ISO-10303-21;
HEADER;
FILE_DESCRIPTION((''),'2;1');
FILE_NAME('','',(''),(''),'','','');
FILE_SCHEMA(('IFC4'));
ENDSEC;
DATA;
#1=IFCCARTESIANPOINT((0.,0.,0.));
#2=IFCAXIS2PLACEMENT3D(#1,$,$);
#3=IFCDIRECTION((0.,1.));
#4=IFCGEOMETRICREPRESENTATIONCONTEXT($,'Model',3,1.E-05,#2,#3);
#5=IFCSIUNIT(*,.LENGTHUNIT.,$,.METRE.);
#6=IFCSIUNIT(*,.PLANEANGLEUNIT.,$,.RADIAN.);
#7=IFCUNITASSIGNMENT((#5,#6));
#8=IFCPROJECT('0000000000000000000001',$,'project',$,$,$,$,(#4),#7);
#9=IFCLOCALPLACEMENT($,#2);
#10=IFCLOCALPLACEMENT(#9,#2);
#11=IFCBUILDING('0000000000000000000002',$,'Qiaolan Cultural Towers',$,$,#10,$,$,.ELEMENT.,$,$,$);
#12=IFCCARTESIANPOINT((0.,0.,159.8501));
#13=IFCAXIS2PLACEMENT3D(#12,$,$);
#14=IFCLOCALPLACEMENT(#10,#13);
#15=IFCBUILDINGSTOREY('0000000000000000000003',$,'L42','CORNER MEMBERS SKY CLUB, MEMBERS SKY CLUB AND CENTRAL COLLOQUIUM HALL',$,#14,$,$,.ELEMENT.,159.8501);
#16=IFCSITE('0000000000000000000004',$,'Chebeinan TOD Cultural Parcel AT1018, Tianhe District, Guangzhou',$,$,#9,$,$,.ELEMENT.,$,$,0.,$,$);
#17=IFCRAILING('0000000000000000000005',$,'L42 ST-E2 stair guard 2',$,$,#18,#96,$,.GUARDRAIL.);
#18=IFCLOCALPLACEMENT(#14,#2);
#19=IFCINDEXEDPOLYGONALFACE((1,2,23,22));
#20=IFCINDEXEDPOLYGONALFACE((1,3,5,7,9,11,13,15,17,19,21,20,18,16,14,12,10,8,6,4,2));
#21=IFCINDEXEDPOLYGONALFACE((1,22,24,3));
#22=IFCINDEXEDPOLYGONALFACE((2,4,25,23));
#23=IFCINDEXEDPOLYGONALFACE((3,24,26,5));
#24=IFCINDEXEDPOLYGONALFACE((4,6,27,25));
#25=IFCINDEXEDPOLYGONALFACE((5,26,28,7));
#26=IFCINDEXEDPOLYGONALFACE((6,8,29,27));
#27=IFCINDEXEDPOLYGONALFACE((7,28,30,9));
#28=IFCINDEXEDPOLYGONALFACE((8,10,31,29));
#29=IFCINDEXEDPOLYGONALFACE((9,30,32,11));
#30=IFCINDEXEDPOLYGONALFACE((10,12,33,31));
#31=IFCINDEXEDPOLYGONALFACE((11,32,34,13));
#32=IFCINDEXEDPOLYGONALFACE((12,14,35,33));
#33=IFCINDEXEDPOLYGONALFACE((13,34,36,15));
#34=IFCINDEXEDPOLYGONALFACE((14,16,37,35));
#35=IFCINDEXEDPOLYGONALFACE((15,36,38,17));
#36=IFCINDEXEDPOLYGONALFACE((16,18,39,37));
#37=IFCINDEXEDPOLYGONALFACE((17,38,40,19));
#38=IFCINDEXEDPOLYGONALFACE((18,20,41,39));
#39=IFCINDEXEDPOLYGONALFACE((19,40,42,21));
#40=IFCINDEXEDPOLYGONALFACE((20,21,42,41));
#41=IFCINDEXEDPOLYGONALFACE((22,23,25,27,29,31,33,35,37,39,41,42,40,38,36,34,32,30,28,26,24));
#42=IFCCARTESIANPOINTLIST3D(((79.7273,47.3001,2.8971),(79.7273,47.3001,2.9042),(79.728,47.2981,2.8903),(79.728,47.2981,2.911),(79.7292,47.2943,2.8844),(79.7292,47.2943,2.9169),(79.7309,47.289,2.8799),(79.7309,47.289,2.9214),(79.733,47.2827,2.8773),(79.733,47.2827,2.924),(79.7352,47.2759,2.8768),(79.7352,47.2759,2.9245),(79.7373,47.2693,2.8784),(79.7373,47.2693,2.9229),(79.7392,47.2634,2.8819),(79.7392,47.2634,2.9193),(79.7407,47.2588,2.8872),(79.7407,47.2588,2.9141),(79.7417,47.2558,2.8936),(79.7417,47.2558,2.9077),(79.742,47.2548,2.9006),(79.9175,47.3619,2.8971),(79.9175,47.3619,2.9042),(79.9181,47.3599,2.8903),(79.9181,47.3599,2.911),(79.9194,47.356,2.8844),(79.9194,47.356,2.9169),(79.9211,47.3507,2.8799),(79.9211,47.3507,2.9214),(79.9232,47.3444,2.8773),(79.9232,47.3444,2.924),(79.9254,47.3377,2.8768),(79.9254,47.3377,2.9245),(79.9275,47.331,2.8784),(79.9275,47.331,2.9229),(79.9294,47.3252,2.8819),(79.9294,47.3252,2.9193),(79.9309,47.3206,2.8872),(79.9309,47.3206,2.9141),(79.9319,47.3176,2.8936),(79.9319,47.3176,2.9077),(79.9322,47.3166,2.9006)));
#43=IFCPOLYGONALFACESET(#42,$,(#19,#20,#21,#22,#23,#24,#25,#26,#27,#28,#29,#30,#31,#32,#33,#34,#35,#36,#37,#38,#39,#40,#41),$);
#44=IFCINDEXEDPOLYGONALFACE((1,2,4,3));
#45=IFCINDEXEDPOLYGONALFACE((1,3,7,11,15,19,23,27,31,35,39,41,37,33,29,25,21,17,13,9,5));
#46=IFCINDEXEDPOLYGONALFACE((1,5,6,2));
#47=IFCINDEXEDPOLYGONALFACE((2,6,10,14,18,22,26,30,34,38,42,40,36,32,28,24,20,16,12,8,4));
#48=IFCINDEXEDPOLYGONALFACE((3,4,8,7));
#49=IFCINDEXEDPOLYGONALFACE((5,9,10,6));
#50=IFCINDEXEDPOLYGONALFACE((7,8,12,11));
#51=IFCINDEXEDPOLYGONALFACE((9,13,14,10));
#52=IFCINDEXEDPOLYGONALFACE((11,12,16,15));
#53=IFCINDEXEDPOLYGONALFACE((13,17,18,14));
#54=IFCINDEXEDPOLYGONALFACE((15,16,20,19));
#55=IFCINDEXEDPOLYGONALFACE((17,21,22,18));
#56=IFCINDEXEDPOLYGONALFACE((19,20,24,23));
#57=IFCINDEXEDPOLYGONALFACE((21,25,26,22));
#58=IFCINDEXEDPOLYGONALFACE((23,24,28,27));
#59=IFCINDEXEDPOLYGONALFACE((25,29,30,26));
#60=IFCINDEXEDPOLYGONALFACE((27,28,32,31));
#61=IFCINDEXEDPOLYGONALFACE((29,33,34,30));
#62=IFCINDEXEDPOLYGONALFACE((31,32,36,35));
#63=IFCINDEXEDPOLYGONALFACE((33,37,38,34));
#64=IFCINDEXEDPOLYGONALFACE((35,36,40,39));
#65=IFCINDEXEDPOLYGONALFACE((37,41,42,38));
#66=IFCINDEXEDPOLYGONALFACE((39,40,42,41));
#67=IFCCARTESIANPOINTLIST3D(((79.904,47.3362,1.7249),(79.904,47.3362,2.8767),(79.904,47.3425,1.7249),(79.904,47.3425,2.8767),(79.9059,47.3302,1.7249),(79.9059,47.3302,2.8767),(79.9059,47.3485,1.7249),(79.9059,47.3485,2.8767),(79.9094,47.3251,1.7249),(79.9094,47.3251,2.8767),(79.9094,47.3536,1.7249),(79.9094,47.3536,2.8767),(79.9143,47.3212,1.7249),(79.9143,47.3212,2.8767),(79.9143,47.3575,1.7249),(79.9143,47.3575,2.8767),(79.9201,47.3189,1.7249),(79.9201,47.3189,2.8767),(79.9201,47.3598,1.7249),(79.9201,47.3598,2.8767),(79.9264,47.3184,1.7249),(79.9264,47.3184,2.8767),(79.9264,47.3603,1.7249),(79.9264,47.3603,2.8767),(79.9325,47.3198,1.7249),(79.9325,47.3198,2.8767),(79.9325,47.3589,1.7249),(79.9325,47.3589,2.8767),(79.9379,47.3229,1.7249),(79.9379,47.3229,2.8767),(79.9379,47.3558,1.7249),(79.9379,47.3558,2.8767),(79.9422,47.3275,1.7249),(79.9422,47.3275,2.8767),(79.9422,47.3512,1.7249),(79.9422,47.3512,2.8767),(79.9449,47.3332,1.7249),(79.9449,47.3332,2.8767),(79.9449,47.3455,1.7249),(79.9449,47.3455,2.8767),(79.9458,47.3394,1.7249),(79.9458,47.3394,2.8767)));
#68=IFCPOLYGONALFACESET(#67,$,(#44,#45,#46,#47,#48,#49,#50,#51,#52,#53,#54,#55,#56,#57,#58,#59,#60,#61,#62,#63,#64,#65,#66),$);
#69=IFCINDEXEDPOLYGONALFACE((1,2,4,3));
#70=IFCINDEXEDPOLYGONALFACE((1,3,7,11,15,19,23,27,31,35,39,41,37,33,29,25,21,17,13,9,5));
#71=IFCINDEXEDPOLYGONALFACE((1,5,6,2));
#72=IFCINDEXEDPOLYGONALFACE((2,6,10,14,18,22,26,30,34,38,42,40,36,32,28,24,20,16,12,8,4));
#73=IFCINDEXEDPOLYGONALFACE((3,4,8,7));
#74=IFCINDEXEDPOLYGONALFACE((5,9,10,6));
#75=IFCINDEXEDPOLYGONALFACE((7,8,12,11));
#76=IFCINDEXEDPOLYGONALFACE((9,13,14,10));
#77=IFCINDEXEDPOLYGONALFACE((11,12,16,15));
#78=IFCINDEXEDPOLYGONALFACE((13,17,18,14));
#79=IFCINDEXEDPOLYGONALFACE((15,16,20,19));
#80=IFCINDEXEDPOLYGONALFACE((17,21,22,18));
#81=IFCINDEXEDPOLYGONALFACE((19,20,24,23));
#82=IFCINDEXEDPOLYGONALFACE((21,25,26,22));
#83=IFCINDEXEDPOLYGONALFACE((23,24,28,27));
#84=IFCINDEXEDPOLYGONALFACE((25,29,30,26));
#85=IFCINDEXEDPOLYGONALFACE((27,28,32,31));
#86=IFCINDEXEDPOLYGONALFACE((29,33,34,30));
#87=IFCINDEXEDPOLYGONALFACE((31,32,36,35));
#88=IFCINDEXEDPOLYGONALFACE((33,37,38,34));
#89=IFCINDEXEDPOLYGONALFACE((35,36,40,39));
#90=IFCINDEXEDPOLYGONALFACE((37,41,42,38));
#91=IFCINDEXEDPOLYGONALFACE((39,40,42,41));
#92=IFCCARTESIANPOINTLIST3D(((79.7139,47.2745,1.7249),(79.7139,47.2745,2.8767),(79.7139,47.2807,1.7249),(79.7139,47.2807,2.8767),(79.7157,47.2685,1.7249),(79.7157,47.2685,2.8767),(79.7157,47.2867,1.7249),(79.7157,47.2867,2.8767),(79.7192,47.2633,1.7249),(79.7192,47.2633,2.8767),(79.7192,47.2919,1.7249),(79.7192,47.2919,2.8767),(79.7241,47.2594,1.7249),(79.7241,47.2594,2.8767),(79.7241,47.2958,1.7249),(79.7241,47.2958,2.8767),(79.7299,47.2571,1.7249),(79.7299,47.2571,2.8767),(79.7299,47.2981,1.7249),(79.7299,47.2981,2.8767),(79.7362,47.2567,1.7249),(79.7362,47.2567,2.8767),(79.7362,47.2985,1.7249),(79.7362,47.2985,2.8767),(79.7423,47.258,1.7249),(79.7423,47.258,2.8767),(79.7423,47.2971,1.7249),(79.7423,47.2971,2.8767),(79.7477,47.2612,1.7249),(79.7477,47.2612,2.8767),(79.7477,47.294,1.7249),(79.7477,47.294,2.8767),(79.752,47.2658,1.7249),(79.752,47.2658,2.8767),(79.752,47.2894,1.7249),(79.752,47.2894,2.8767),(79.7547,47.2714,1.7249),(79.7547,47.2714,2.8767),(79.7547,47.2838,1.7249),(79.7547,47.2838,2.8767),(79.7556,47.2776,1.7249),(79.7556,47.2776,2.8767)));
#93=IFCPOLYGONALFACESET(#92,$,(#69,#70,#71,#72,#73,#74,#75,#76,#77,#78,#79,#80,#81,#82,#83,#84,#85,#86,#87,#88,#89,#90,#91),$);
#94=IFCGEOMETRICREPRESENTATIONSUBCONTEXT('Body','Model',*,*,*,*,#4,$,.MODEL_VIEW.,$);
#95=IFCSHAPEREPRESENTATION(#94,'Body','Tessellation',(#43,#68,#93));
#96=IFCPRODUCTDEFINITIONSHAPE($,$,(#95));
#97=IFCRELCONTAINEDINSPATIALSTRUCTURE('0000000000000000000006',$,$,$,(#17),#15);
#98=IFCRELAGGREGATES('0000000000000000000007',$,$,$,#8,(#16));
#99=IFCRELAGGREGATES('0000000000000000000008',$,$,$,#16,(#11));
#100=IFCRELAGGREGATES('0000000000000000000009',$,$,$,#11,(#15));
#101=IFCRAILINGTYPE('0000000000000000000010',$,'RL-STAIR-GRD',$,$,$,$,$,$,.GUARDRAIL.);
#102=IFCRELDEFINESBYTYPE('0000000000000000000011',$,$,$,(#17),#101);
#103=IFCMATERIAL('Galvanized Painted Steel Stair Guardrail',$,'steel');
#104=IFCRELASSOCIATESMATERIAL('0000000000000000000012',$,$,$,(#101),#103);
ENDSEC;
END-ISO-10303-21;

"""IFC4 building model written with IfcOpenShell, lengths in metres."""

from ifc_helpers import new_model, si_unit, direction, frame, origin, origin_2d, place, context, subcontext, project, spatial, circle, extrude, material, type_object, element, save


model = new_model("IFC4")

# Units and contexts
model_context = context("Model", 3, precision=1e-05, world=origin(), true_north=direction((0.0, 1.0)))
body_context = subcontext(model_context, "Body", "Model", "MODEL_VIEW")
ifc_project = project(units=[si_unit("LENGTHUNIT", "METRE"), si_unit("PLANEANGLEUNIT", "RADIAN")], contexts=[model_context])

# Site, building, storey
site_placement = place(None, origin())
site = spatial("IfcSite", under=ifc_project, at=site_placement, Name="Chebeinan TOD Cultural Parcel AT1018, Tianhe District, Guangzhou", CompositionType="ELEMENT", RefElevation=0.0)
building_placement = place(site_placement, origin())
building = spatial("IfcBuilding", under=site, at=building_placement, Name="Qiaolan Cultural Towers", CompositionType="ELEMENT")
storey_placement = place(building_placement, frame((0.0, 0.0, 159.8501)))
storey = spatial("IfcBuildingStorey", under=building, at=storey_placement, Name="L42", Description="CORNER MEMBERS SKY CLUB, MEMBERS SKY CLUB AND CENTRAL COLLOQUIUM HALL", CompositionType="ELEMENT", Elevation=159.8501)

# Railing
ifc_material_1 = material(Name="Galvanized Painted Steel Stair Guardrail", Category="steel")
railing_type_1 = type_object("IfcRailingType", Name="RL-STAIR-GRD", PredefinedType="GUARDRAIL", material=ifc_material_1)
railing_1_placement = place(storey_placement, frame((79.9248, 47.3394, 1.7249)))
element("IfcRailing", 1, at=railing_1_placement, inside=storey, type_object=railing_type_1, Name="L42 ST-E2 stair guard 2", PredefinedType="GUARDRAIL", context=body_context, shape_type="SweptSolid", body=[
    extrude(circle(Radius=0.0239, at=origin_2d()), frame((0.0, 0.0, 1.1758), z_axis=(-0.951097, -0.308893, 0.0), x_axis=(0.308893, -0.951097, 0.0)), (0.0, 0.0, 1.0), 0.2),
    extrude(circle(Radius=0.021, at=origin_2d()), origin(), (0.0, 0.0, 1.0), 1.1519),
    extrude(circle(Radius=0.021, at=origin_2d()), frame((-0.1902, -0.0618, 0.0)), (0.0, 0.0, 1.0), 1.1519),
])

save(model, "model.ifc")
